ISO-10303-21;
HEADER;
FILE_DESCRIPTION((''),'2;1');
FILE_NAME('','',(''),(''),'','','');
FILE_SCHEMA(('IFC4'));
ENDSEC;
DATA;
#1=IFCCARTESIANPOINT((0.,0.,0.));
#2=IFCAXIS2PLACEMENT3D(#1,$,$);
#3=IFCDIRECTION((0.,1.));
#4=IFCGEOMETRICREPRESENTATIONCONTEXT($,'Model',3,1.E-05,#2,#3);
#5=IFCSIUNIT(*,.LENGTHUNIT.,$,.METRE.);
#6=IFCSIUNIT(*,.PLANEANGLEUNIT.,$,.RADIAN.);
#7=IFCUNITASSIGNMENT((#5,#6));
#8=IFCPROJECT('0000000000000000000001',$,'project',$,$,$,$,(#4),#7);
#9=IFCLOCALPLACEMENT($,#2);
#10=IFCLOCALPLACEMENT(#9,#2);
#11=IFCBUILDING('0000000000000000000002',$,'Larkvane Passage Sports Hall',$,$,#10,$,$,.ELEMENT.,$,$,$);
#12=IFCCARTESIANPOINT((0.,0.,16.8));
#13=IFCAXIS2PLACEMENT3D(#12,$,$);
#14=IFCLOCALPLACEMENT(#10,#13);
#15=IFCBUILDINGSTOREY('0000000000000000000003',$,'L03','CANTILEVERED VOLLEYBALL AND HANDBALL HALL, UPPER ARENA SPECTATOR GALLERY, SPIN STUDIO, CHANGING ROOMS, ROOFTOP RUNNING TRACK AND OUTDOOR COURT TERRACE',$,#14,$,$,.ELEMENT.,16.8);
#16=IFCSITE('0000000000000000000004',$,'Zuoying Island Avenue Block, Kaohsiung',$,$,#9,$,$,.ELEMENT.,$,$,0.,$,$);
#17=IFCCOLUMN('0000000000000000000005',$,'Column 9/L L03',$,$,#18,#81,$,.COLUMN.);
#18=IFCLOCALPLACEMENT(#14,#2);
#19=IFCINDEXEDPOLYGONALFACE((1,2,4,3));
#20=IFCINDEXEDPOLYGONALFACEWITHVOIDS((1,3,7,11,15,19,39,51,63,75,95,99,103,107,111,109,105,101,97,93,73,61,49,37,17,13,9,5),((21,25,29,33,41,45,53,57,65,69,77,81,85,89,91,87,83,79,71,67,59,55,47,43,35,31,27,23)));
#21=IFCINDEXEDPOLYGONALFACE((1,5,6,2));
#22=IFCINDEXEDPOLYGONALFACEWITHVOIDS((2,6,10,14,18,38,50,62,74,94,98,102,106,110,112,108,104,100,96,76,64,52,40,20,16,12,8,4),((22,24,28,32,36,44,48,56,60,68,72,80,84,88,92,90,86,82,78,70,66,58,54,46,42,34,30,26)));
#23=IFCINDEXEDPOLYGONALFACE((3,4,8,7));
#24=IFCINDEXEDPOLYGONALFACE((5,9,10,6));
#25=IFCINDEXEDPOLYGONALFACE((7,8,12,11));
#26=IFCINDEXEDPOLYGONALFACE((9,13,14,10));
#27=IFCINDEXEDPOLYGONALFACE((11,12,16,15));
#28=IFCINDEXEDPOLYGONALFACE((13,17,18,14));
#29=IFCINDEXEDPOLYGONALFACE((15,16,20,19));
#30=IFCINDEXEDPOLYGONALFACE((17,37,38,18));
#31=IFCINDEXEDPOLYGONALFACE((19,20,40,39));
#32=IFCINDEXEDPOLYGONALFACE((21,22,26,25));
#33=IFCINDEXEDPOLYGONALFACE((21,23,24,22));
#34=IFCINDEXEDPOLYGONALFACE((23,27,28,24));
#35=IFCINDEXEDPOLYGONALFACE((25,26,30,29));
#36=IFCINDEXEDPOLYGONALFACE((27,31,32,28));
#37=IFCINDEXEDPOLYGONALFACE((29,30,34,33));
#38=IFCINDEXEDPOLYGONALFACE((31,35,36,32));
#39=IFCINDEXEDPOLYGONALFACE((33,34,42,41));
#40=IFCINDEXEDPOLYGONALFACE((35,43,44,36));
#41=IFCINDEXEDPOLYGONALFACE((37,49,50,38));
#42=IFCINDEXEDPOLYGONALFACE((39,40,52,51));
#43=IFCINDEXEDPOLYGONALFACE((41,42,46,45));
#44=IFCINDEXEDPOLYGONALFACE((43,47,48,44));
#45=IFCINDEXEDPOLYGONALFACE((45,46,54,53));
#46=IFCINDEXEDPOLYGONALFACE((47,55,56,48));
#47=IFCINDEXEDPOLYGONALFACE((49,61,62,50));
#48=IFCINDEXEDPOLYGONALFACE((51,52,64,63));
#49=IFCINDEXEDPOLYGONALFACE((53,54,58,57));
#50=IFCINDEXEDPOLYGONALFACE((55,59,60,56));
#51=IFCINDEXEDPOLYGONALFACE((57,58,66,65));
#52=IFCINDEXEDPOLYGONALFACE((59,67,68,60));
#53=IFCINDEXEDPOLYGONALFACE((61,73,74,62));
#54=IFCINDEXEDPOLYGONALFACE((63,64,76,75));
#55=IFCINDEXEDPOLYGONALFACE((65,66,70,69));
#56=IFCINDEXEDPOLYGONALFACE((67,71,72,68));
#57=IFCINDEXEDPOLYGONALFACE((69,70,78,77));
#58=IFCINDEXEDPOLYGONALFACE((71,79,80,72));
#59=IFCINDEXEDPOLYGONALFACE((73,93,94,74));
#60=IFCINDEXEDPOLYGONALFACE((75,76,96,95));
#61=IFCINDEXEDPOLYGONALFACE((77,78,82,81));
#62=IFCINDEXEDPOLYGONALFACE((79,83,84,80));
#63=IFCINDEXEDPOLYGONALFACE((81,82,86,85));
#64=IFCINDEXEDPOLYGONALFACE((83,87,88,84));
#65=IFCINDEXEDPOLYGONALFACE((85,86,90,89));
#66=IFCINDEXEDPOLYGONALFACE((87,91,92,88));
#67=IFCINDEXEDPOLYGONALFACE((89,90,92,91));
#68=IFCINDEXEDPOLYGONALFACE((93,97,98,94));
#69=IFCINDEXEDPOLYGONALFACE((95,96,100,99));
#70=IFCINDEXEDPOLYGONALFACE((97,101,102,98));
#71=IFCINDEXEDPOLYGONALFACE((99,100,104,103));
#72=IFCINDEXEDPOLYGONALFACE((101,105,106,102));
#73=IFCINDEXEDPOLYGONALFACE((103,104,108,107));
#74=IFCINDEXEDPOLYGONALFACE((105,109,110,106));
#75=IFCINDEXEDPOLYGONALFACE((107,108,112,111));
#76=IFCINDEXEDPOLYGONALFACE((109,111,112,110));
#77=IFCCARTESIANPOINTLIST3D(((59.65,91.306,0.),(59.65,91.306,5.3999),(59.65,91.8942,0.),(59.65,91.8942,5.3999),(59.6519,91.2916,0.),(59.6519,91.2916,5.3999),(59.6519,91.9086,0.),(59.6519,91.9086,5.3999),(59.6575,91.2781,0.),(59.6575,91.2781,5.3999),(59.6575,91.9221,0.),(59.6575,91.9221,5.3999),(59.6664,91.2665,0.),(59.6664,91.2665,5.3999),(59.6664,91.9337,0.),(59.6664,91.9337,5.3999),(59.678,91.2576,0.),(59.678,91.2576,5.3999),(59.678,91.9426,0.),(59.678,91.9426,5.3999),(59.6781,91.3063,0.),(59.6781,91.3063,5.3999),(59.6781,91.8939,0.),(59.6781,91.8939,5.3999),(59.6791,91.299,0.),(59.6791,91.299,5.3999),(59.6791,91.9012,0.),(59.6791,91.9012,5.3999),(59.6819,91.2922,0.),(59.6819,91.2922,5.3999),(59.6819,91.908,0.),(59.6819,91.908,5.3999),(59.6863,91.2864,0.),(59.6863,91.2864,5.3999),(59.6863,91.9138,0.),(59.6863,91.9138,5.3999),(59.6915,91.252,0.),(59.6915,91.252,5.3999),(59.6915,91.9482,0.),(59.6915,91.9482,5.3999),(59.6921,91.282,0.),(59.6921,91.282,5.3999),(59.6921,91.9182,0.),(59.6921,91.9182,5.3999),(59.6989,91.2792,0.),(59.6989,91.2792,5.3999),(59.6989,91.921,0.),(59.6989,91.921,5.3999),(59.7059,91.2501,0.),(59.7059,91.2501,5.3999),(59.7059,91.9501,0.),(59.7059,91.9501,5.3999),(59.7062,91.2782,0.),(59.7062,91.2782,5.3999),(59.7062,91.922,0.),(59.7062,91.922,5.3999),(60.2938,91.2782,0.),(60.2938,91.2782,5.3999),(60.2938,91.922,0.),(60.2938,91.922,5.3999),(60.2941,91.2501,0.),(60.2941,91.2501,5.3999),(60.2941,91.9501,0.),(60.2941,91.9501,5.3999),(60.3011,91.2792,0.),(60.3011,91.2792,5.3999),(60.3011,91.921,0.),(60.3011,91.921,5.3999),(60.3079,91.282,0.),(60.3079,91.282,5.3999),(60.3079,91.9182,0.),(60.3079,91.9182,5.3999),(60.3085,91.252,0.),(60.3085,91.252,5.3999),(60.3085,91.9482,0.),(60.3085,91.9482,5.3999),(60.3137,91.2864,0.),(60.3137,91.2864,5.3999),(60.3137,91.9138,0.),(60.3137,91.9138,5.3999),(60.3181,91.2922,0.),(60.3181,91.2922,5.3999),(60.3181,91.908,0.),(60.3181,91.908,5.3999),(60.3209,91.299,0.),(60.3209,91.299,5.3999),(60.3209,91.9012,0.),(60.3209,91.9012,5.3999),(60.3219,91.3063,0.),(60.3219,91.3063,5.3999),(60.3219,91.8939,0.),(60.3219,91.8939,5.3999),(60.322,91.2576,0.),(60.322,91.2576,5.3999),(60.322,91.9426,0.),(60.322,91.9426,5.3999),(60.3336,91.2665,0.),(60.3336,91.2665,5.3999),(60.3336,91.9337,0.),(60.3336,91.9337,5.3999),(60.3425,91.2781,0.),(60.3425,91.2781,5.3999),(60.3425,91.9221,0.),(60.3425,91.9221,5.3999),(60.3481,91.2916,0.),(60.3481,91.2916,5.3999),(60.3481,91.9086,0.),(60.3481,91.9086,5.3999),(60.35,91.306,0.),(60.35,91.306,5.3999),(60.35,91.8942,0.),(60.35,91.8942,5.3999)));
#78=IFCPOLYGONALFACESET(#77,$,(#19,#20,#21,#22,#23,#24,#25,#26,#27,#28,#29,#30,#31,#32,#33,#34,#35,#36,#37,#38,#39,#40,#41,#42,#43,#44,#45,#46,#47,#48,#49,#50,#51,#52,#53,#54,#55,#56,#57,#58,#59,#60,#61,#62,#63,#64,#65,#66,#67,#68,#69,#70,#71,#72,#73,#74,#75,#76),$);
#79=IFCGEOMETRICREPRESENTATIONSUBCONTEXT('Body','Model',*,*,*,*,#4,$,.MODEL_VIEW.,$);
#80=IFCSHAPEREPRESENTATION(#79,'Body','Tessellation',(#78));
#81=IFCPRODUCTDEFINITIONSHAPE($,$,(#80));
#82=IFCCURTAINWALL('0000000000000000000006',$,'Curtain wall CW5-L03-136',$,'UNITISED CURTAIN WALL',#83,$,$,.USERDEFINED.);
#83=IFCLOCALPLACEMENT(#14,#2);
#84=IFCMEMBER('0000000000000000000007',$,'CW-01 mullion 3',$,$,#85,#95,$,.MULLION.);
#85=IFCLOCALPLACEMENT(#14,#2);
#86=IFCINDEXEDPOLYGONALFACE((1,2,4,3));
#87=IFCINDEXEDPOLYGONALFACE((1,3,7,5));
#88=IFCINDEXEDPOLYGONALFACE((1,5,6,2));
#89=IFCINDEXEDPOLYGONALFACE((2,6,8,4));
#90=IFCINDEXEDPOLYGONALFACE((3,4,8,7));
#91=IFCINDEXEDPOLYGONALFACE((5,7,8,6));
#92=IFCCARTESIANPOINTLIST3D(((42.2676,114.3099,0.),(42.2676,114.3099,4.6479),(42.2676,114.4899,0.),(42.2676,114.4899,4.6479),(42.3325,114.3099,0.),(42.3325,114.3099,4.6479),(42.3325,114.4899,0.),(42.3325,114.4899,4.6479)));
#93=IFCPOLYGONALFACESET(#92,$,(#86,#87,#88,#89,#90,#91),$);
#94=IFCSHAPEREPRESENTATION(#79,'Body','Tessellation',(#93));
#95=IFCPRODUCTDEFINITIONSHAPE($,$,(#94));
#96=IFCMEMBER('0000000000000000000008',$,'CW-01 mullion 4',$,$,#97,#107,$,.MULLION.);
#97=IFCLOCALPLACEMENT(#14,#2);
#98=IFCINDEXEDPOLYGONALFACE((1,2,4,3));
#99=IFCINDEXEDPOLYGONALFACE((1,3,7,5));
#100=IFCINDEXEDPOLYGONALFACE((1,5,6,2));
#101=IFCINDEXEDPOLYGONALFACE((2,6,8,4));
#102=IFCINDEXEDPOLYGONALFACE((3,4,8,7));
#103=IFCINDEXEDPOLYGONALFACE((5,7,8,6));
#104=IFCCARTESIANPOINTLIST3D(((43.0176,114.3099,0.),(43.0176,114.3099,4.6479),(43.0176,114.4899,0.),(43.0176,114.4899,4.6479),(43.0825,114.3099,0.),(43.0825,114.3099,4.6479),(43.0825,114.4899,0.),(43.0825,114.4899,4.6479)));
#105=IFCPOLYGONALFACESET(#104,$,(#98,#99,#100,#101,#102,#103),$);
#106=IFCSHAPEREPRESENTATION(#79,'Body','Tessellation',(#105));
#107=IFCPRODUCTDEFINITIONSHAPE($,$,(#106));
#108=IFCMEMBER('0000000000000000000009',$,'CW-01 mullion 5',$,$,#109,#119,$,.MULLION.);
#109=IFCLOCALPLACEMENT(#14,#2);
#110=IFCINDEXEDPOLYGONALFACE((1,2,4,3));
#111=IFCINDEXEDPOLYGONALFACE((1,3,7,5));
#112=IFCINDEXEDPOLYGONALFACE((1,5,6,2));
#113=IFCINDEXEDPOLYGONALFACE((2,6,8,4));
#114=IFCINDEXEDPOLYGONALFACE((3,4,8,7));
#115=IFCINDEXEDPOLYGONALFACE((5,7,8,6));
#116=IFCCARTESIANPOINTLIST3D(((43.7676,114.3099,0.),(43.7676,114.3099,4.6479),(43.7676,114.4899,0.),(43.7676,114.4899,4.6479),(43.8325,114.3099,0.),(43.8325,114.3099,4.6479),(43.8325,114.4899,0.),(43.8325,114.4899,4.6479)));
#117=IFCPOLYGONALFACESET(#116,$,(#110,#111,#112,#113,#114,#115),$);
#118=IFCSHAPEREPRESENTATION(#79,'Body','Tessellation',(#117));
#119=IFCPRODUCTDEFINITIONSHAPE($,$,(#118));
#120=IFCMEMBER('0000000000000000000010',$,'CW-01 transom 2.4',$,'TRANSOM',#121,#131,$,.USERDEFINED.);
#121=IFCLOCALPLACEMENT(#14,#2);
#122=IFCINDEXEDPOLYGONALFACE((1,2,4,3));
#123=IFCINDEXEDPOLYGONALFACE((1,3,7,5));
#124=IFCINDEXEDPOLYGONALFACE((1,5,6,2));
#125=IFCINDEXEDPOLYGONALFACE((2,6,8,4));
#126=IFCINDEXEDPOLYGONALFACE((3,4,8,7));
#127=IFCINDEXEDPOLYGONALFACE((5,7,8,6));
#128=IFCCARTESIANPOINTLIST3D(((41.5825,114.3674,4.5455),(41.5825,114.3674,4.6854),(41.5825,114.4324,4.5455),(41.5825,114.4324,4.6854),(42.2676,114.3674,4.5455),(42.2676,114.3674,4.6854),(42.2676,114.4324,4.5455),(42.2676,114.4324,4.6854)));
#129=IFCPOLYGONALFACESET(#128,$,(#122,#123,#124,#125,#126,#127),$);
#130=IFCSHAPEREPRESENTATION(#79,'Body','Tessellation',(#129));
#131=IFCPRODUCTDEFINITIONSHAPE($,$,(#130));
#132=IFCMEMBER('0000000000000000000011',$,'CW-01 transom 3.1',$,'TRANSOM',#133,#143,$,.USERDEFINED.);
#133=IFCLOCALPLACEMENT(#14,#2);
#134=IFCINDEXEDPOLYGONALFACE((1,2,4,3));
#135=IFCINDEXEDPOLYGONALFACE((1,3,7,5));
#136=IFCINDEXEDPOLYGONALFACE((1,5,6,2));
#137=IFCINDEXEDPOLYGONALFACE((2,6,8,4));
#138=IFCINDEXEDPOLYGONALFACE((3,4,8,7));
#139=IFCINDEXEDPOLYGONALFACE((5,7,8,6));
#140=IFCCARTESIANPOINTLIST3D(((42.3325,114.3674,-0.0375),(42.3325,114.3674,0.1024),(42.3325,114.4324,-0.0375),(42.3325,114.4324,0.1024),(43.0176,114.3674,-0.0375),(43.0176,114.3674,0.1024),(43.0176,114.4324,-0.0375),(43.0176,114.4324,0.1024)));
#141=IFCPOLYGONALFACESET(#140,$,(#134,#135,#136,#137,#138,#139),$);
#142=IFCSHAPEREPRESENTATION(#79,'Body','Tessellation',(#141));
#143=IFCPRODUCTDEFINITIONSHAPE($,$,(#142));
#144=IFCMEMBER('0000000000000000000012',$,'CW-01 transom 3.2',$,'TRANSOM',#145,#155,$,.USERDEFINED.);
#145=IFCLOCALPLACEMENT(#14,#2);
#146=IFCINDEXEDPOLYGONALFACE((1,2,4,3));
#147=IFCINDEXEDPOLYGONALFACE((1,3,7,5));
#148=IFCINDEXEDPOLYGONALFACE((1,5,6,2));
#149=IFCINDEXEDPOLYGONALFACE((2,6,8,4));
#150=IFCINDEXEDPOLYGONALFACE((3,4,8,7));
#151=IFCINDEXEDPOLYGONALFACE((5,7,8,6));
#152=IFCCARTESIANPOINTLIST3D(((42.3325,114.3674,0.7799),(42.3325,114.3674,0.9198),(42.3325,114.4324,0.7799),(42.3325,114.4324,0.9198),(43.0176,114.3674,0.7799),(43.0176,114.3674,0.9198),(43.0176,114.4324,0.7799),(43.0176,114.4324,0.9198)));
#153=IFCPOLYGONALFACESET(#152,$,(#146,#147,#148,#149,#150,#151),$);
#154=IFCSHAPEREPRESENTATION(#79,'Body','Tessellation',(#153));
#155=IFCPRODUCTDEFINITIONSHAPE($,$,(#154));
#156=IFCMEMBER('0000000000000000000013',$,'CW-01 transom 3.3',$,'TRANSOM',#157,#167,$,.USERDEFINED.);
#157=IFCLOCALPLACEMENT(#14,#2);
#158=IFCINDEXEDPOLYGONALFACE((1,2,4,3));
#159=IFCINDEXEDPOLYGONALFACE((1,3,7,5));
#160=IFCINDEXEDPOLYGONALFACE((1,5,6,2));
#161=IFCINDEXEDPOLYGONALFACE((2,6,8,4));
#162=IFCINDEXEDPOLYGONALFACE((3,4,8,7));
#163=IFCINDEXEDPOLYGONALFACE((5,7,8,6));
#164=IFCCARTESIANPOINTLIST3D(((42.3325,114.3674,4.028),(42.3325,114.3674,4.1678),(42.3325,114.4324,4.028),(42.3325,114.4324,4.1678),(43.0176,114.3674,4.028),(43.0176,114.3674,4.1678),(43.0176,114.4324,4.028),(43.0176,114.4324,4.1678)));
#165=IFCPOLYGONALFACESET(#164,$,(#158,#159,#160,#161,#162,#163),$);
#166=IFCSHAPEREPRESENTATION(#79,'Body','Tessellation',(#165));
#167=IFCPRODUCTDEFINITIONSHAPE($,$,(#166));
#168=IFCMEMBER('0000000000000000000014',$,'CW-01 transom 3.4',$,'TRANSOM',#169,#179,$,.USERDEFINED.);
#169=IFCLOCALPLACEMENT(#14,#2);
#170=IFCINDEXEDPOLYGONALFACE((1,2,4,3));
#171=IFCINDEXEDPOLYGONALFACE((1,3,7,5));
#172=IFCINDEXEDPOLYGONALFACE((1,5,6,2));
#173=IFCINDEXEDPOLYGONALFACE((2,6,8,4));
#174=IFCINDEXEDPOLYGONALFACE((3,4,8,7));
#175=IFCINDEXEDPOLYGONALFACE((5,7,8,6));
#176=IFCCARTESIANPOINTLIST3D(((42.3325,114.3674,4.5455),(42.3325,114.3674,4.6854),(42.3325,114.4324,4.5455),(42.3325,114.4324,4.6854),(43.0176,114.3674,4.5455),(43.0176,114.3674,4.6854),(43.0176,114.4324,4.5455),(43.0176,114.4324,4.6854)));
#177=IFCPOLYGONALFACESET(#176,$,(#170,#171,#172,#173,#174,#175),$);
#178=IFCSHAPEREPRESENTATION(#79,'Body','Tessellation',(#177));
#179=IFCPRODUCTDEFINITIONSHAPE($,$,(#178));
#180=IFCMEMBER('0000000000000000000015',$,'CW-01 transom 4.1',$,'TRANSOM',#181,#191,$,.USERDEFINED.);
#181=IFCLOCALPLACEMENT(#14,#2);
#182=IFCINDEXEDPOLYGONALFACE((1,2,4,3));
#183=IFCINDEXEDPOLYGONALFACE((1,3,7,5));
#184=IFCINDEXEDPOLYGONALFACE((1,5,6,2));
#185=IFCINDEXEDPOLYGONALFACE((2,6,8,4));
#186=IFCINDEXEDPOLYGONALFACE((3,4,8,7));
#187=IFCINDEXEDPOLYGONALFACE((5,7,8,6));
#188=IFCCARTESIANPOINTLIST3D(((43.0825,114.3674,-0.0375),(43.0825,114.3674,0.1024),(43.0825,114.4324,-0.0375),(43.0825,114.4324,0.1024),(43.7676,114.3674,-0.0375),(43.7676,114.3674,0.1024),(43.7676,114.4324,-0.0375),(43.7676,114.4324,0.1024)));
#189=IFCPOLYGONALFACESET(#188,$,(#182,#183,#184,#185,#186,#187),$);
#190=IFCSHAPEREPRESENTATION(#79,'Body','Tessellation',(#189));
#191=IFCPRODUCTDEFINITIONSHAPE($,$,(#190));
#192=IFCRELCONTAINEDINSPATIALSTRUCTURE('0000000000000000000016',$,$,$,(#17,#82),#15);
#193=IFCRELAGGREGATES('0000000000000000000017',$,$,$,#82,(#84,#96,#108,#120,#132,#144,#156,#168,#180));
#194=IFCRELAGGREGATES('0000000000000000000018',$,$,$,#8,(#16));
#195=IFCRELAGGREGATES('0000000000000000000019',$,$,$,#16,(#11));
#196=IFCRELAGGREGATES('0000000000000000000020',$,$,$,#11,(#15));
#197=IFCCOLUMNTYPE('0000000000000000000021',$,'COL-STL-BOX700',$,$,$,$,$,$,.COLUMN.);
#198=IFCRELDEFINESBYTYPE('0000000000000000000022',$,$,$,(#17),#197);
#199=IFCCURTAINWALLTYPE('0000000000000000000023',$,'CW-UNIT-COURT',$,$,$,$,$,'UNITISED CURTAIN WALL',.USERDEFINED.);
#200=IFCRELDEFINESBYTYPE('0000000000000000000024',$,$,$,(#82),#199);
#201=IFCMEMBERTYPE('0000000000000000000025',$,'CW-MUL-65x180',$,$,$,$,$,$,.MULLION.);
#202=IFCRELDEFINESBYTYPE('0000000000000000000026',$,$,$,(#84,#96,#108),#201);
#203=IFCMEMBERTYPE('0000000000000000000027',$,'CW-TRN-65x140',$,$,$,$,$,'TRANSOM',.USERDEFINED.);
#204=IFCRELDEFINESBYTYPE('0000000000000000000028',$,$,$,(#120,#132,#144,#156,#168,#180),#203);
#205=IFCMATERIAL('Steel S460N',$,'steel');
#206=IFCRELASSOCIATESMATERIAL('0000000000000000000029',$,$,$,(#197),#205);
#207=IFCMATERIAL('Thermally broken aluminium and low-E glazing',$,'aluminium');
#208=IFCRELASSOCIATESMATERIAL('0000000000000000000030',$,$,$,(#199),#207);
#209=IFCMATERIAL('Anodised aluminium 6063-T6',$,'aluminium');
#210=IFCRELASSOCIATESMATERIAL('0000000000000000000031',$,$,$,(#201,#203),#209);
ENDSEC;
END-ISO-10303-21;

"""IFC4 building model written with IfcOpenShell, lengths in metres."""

from ifc_helpers import new_model, si_unit, direction, frame, origin, origin_2d, place, context, subcontext, project, spatial, rectangle, hollow_rectangle, extrude, material, material_profile, profile_set, type_object, element, aggregate, save


model = new_model("IFC4")

# Units and contexts
model_context = context("Model", 3, precision=1e-05, world=origin(), true_north=direction((0.0, 1.0)))
body_context = subcontext(model_context, "Body", "Model", "MODEL_VIEW")
ifc_project = project(units=[si_unit("LENGTHUNIT", "METRE"), si_unit("PLANEANGLEUNIT", "RADIAN")], contexts=[model_context])

# Site, building, storey
site_placement = place(None, origin())
site = spatial("IfcSite", under=ifc_project, at=site_placement, Name="Zuoying Island Avenue Block, Kaohsiung", CompositionType="ELEMENT", RefElevation=0.0)
building_placement = place(site_placement, origin())
building = spatial("IfcBuilding", under=site, at=building_placement, Name="Larkvane Passage Sports Hall", CompositionType="ELEMENT")
storey_placement = place(building_placement, frame((0.0, 0.0, 16.8)))
storey = spatial("IfcBuildingStorey", under=building, at=storey_placement, Name="L03", Description="CANTILEVERED VOLLEYBALL AND HANDBALL HALL, UPPER ARENA SPECTATOR GALLERY, SPIN STUDIO, CHANGING ROOMS, ROOFTOP RUNNING TRACK AND OUTDOOR COURT TERRACE", CompositionType="ELEMENT", Elevation=16.8)

# Column
ifc_material_1 = material(Name="Steel S460N", Category="steel")
ifc_material_profile_1 = material_profile(ifc_material_1, hollow_rectangle(XDim=0.7, YDim=0.7, WallThickness=0.0281, InnerFilletRadius=0.0281, OuterFilletRadius=0.0559, at=origin_2d()), Name="BOX-700x700x28")
ifc_profile_set_1 = profile_set([ifc_material_profile_1], Name="Steel S460N")
column_type = type_object("IfcColumnType", Name="COL-STL-BOX700", PredefinedType="COLUMN", material=ifc_profile_set_1)
column_placement = place(storey_placement, frame((60.0, 91.6001, 0.0), z_axis=(0.0, 0.0, 1.0), x_axis=(1.0, 0.0, 0.0)))
element("IfcColumn", 1, at=column_placement, inside=storey, type_object=column_type, Name="Column 9/L L03", PredefinedType="COLUMN", context=body_context, shape_type="SweptSolid", body=[
    extrude(hollow_rectangle(XDim=0.7, YDim=0.7, WallThickness=0.0281, InnerFilletRadius=0.0281, OuterFilletRadius=0.0559, at=origin_2d()), origin(), (0.0, 0.0, 1.0), 5.3999),
])

# Curtain wall, members
ifc_material_2 = material(Name="Thermally broken aluminium and low-E glazing", Category="aluminium")
curtain_wall_type = type_object("IfcCurtainWallType", Name="CW-UNIT-COURT", ElementType="UNITISED CURTAIN WALL", PredefinedType="USERDEFINED", material=ifc_material_2)
curtain_wall_placement = place(storey_placement, origin())
curtain_wall = element("IfcCurtainWall", 2, at=curtain_wall_placement, inside=storey, type_object=curtain_wall_type, Name="Curtain wall CW5-L03-136", ObjectType="UNITISED CURTAIN WALL", PredefinedType="USERDEFINED")
ifc_material_3 = material(Name="Anodised aluminium 6063-T6", Category="aluminium")
ifc_material_profile_2 = material_profile(ifc_material_3, rectangle(XDim=0.0649, YDim=0.1799, at=origin_2d()), Name="ALU-MUL-65x180")
ifc_profile_set_2 = profile_set([ifc_material_profile_2], Name="Anodised aluminium 6063-T6")
member_type_1 = type_object("IfcMemberType", Name="CW-MUL-65x180", PredefinedType="MULLION", material=ifc_profile_set_2)
member_1_placement = place(storey_placement, frame((42.3, 114.3999, 0.0), z_axis=(0.0, 0.0, 1.0), x_axis=(1.0, 0.0, 0.0)))
member_1 = element("IfcMember", 3, at=member_1_placement, type_object=member_type_1, Name="CW-01 mullion 3", PredefinedType="MULLION", context=body_context, shape_type="SweptSolid", body=[
    extrude(rectangle(XDim=0.0649, YDim=0.1799, at=origin_2d()), origin(), (0.0, 0.0, 1.0), 4.6479),
])
member_2_placement = place(storey_placement, frame((43.05, 114.3999, 0.0), z_axis=(0.0, 0.0, 1.0), x_axis=(1.0, 0.0, 0.0)))
member_2 = element("IfcMember", 4, at=member_2_placement, type_object=member_type_1, Name="CW-01 mullion 4", PredefinedType="MULLION", context=body_context, shape_type="SweptSolid", body=[
    extrude(rectangle(XDim=0.0649, YDim=0.1799, at=origin_2d()), origin(), (0.0, 0.0, 1.0), 4.6479),
])
member_3_placement = place(storey_placement, frame((43.8, 114.3999, 0.0), z_axis=(0.0, 0.0, 1.0), x_axis=(1.0, 0.0, 0.0)))
member_3 = element("IfcMember", 5, at=member_3_placement, type_object=member_type_1, Name="CW-01 mullion 5", PredefinedType="MULLION", context=body_context, shape_type="SweptSolid", body=[
    extrude(rectangle(XDim=0.0649, YDim=0.1799, at=origin_2d()), origin(), (0.0, 0.0, 1.0), 4.6479),
])
ifc_material_profile_3 = material_profile(ifc_material_3, rectangle(XDim=0.0649, YDim=0.1399, at=origin_2d()), Name="ALU-TRN-65x140")
ifc_profile_set_3 = profile_set([ifc_material_profile_3], Name="Anodised aluminium 6063-T6")
member_type_2 = type_object("IfcMemberType", Name="CW-TRN-65x140", ElementType="TRANSOM", PredefinedType="USERDEFINED", material=ifc_profile_set_3)
member_4_placement = place(storey_placement, frame((41.5825, 114.3999, 4.6155), z_axis=(1.0, 0.0, 0.0), x_axis=(0.0, 1.0, 0.0)))
member_4 = element("IfcMember", 6, at=member_4_placement, type_object=member_type_2, Name="CW-01 transom 2.4", ObjectType="TRANSOM", PredefinedType="USERDEFINED", context=body_context, shape_type="SweptSolid", body=[
    extrude(rectangle(XDim=0.0649, YDim=0.1399, at=origin_2d()), origin(), (0.0, 0.0, 1.0), 0.6851),
])
member_5_placement = place(storey_placement, frame((42.3325, 114.3999, 0.0325), z_axis=(1.0, 0.0, 0.0), x_axis=(0.0, 1.0, 0.0)))
member_5 = element("IfcMember", 7, at=member_5_placement, type_object=member_type_2, Name="CW-01 transom 3.1", ObjectType="TRANSOM", PredefinedType="USERDEFINED", context=body_context, shape_type="SweptSolid", body=[
    extrude(rectangle(XDim=0.0649, YDim=0.1399, at=origin_2d()), origin(), (0.0, 0.0, 1.0), 0.6851),
])
member_6_placement = place(storey_placement, frame((42.3325, 114.3999, 0.8499), z_axis=(1.0, 0.0, 0.0), x_axis=(0.0, 1.0, 0.0)))
member_6 = element("IfcMember", 8, at=member_6_placement, type_object=member_type_2, Name="CW-01 transom 3.2", ObjectType="TRANSOM", PredefinedType="USERDEFINED", context=body_context, shape_type="SweptSolid", body=[
    extrude(rectangle(XDim=0.0649, YDim=0.1399, at=origin_2d()), origin(), (0.0, 0.0, 1.0), 0.6851),
])
member_7_placement = place(storey_placement, frame((42.3325, 114.3999, 4.0979), z_axis=(1.0, 0.0, 0.0), x_axis=(0.0, 1.0, 0.0)))
member_7 = element("IfcMember", 9, at=member_7_placement, type_object=member_type_2, Name="CW-01 transom 3.3", ObjectType="TRANSOM", PredefinedType="USERDEFINED", context=body_context, shape_type="SweptSolid", body=[
    extrude(rectangle(XDim=0.0649, YDim=0.1399, at=origin_2d()), origin(), (0.0, 0.0, 1.0), 0.6851),
])
member_8_placement = place(storey_placement, frame((42.3325, 114.3999, 4.6155), z_axis=(1.0, 0.0, 0.0), x_axis=(0.0, 1.0, 0.0)))
member_8 = element("IfcMember", 10, at=member_8_placement, type_object=member_type_2, Name="CW-01 transom 3.4", ObjectType="TRANSOM", PredefinedType="USERDEFINED", context=body_context, shape_type="SweptSolid", body=[
    extrude(rectangle(XDim=0.0649, YDim=0.1399, at=origin_2d()), origin(), (0.0, 0.0, 1.0), 0.6851),
])
member_9_placement = place(storey_placement, frame((43.0825, 114.3999, 0.0325), z_axis=(1.0, 0.0, 0.0), x_axis=(0.0, 1.0, 0.0)))
member_9 = element("IfcMember", 11, at=member_9_placement, type_object=member_type_2, Name="CW-01 transom 4.1", ObjectType="TRANSOM", PredefinedType="USERDEFINED", context=body_context, shape_type="SweptSolid", body=[
    extrude(rectangle(XDim=0.0649, YDim=0.1399, at=origin_2d()), origin(), (0.0, 0.0, 1.0), 0.6851),
])

aggregate(curtain_wall, [member_1, member_2, member_3, member_4, member_5, member_6, member_7, member_8, member_9])

save(model, "model.ifc")
